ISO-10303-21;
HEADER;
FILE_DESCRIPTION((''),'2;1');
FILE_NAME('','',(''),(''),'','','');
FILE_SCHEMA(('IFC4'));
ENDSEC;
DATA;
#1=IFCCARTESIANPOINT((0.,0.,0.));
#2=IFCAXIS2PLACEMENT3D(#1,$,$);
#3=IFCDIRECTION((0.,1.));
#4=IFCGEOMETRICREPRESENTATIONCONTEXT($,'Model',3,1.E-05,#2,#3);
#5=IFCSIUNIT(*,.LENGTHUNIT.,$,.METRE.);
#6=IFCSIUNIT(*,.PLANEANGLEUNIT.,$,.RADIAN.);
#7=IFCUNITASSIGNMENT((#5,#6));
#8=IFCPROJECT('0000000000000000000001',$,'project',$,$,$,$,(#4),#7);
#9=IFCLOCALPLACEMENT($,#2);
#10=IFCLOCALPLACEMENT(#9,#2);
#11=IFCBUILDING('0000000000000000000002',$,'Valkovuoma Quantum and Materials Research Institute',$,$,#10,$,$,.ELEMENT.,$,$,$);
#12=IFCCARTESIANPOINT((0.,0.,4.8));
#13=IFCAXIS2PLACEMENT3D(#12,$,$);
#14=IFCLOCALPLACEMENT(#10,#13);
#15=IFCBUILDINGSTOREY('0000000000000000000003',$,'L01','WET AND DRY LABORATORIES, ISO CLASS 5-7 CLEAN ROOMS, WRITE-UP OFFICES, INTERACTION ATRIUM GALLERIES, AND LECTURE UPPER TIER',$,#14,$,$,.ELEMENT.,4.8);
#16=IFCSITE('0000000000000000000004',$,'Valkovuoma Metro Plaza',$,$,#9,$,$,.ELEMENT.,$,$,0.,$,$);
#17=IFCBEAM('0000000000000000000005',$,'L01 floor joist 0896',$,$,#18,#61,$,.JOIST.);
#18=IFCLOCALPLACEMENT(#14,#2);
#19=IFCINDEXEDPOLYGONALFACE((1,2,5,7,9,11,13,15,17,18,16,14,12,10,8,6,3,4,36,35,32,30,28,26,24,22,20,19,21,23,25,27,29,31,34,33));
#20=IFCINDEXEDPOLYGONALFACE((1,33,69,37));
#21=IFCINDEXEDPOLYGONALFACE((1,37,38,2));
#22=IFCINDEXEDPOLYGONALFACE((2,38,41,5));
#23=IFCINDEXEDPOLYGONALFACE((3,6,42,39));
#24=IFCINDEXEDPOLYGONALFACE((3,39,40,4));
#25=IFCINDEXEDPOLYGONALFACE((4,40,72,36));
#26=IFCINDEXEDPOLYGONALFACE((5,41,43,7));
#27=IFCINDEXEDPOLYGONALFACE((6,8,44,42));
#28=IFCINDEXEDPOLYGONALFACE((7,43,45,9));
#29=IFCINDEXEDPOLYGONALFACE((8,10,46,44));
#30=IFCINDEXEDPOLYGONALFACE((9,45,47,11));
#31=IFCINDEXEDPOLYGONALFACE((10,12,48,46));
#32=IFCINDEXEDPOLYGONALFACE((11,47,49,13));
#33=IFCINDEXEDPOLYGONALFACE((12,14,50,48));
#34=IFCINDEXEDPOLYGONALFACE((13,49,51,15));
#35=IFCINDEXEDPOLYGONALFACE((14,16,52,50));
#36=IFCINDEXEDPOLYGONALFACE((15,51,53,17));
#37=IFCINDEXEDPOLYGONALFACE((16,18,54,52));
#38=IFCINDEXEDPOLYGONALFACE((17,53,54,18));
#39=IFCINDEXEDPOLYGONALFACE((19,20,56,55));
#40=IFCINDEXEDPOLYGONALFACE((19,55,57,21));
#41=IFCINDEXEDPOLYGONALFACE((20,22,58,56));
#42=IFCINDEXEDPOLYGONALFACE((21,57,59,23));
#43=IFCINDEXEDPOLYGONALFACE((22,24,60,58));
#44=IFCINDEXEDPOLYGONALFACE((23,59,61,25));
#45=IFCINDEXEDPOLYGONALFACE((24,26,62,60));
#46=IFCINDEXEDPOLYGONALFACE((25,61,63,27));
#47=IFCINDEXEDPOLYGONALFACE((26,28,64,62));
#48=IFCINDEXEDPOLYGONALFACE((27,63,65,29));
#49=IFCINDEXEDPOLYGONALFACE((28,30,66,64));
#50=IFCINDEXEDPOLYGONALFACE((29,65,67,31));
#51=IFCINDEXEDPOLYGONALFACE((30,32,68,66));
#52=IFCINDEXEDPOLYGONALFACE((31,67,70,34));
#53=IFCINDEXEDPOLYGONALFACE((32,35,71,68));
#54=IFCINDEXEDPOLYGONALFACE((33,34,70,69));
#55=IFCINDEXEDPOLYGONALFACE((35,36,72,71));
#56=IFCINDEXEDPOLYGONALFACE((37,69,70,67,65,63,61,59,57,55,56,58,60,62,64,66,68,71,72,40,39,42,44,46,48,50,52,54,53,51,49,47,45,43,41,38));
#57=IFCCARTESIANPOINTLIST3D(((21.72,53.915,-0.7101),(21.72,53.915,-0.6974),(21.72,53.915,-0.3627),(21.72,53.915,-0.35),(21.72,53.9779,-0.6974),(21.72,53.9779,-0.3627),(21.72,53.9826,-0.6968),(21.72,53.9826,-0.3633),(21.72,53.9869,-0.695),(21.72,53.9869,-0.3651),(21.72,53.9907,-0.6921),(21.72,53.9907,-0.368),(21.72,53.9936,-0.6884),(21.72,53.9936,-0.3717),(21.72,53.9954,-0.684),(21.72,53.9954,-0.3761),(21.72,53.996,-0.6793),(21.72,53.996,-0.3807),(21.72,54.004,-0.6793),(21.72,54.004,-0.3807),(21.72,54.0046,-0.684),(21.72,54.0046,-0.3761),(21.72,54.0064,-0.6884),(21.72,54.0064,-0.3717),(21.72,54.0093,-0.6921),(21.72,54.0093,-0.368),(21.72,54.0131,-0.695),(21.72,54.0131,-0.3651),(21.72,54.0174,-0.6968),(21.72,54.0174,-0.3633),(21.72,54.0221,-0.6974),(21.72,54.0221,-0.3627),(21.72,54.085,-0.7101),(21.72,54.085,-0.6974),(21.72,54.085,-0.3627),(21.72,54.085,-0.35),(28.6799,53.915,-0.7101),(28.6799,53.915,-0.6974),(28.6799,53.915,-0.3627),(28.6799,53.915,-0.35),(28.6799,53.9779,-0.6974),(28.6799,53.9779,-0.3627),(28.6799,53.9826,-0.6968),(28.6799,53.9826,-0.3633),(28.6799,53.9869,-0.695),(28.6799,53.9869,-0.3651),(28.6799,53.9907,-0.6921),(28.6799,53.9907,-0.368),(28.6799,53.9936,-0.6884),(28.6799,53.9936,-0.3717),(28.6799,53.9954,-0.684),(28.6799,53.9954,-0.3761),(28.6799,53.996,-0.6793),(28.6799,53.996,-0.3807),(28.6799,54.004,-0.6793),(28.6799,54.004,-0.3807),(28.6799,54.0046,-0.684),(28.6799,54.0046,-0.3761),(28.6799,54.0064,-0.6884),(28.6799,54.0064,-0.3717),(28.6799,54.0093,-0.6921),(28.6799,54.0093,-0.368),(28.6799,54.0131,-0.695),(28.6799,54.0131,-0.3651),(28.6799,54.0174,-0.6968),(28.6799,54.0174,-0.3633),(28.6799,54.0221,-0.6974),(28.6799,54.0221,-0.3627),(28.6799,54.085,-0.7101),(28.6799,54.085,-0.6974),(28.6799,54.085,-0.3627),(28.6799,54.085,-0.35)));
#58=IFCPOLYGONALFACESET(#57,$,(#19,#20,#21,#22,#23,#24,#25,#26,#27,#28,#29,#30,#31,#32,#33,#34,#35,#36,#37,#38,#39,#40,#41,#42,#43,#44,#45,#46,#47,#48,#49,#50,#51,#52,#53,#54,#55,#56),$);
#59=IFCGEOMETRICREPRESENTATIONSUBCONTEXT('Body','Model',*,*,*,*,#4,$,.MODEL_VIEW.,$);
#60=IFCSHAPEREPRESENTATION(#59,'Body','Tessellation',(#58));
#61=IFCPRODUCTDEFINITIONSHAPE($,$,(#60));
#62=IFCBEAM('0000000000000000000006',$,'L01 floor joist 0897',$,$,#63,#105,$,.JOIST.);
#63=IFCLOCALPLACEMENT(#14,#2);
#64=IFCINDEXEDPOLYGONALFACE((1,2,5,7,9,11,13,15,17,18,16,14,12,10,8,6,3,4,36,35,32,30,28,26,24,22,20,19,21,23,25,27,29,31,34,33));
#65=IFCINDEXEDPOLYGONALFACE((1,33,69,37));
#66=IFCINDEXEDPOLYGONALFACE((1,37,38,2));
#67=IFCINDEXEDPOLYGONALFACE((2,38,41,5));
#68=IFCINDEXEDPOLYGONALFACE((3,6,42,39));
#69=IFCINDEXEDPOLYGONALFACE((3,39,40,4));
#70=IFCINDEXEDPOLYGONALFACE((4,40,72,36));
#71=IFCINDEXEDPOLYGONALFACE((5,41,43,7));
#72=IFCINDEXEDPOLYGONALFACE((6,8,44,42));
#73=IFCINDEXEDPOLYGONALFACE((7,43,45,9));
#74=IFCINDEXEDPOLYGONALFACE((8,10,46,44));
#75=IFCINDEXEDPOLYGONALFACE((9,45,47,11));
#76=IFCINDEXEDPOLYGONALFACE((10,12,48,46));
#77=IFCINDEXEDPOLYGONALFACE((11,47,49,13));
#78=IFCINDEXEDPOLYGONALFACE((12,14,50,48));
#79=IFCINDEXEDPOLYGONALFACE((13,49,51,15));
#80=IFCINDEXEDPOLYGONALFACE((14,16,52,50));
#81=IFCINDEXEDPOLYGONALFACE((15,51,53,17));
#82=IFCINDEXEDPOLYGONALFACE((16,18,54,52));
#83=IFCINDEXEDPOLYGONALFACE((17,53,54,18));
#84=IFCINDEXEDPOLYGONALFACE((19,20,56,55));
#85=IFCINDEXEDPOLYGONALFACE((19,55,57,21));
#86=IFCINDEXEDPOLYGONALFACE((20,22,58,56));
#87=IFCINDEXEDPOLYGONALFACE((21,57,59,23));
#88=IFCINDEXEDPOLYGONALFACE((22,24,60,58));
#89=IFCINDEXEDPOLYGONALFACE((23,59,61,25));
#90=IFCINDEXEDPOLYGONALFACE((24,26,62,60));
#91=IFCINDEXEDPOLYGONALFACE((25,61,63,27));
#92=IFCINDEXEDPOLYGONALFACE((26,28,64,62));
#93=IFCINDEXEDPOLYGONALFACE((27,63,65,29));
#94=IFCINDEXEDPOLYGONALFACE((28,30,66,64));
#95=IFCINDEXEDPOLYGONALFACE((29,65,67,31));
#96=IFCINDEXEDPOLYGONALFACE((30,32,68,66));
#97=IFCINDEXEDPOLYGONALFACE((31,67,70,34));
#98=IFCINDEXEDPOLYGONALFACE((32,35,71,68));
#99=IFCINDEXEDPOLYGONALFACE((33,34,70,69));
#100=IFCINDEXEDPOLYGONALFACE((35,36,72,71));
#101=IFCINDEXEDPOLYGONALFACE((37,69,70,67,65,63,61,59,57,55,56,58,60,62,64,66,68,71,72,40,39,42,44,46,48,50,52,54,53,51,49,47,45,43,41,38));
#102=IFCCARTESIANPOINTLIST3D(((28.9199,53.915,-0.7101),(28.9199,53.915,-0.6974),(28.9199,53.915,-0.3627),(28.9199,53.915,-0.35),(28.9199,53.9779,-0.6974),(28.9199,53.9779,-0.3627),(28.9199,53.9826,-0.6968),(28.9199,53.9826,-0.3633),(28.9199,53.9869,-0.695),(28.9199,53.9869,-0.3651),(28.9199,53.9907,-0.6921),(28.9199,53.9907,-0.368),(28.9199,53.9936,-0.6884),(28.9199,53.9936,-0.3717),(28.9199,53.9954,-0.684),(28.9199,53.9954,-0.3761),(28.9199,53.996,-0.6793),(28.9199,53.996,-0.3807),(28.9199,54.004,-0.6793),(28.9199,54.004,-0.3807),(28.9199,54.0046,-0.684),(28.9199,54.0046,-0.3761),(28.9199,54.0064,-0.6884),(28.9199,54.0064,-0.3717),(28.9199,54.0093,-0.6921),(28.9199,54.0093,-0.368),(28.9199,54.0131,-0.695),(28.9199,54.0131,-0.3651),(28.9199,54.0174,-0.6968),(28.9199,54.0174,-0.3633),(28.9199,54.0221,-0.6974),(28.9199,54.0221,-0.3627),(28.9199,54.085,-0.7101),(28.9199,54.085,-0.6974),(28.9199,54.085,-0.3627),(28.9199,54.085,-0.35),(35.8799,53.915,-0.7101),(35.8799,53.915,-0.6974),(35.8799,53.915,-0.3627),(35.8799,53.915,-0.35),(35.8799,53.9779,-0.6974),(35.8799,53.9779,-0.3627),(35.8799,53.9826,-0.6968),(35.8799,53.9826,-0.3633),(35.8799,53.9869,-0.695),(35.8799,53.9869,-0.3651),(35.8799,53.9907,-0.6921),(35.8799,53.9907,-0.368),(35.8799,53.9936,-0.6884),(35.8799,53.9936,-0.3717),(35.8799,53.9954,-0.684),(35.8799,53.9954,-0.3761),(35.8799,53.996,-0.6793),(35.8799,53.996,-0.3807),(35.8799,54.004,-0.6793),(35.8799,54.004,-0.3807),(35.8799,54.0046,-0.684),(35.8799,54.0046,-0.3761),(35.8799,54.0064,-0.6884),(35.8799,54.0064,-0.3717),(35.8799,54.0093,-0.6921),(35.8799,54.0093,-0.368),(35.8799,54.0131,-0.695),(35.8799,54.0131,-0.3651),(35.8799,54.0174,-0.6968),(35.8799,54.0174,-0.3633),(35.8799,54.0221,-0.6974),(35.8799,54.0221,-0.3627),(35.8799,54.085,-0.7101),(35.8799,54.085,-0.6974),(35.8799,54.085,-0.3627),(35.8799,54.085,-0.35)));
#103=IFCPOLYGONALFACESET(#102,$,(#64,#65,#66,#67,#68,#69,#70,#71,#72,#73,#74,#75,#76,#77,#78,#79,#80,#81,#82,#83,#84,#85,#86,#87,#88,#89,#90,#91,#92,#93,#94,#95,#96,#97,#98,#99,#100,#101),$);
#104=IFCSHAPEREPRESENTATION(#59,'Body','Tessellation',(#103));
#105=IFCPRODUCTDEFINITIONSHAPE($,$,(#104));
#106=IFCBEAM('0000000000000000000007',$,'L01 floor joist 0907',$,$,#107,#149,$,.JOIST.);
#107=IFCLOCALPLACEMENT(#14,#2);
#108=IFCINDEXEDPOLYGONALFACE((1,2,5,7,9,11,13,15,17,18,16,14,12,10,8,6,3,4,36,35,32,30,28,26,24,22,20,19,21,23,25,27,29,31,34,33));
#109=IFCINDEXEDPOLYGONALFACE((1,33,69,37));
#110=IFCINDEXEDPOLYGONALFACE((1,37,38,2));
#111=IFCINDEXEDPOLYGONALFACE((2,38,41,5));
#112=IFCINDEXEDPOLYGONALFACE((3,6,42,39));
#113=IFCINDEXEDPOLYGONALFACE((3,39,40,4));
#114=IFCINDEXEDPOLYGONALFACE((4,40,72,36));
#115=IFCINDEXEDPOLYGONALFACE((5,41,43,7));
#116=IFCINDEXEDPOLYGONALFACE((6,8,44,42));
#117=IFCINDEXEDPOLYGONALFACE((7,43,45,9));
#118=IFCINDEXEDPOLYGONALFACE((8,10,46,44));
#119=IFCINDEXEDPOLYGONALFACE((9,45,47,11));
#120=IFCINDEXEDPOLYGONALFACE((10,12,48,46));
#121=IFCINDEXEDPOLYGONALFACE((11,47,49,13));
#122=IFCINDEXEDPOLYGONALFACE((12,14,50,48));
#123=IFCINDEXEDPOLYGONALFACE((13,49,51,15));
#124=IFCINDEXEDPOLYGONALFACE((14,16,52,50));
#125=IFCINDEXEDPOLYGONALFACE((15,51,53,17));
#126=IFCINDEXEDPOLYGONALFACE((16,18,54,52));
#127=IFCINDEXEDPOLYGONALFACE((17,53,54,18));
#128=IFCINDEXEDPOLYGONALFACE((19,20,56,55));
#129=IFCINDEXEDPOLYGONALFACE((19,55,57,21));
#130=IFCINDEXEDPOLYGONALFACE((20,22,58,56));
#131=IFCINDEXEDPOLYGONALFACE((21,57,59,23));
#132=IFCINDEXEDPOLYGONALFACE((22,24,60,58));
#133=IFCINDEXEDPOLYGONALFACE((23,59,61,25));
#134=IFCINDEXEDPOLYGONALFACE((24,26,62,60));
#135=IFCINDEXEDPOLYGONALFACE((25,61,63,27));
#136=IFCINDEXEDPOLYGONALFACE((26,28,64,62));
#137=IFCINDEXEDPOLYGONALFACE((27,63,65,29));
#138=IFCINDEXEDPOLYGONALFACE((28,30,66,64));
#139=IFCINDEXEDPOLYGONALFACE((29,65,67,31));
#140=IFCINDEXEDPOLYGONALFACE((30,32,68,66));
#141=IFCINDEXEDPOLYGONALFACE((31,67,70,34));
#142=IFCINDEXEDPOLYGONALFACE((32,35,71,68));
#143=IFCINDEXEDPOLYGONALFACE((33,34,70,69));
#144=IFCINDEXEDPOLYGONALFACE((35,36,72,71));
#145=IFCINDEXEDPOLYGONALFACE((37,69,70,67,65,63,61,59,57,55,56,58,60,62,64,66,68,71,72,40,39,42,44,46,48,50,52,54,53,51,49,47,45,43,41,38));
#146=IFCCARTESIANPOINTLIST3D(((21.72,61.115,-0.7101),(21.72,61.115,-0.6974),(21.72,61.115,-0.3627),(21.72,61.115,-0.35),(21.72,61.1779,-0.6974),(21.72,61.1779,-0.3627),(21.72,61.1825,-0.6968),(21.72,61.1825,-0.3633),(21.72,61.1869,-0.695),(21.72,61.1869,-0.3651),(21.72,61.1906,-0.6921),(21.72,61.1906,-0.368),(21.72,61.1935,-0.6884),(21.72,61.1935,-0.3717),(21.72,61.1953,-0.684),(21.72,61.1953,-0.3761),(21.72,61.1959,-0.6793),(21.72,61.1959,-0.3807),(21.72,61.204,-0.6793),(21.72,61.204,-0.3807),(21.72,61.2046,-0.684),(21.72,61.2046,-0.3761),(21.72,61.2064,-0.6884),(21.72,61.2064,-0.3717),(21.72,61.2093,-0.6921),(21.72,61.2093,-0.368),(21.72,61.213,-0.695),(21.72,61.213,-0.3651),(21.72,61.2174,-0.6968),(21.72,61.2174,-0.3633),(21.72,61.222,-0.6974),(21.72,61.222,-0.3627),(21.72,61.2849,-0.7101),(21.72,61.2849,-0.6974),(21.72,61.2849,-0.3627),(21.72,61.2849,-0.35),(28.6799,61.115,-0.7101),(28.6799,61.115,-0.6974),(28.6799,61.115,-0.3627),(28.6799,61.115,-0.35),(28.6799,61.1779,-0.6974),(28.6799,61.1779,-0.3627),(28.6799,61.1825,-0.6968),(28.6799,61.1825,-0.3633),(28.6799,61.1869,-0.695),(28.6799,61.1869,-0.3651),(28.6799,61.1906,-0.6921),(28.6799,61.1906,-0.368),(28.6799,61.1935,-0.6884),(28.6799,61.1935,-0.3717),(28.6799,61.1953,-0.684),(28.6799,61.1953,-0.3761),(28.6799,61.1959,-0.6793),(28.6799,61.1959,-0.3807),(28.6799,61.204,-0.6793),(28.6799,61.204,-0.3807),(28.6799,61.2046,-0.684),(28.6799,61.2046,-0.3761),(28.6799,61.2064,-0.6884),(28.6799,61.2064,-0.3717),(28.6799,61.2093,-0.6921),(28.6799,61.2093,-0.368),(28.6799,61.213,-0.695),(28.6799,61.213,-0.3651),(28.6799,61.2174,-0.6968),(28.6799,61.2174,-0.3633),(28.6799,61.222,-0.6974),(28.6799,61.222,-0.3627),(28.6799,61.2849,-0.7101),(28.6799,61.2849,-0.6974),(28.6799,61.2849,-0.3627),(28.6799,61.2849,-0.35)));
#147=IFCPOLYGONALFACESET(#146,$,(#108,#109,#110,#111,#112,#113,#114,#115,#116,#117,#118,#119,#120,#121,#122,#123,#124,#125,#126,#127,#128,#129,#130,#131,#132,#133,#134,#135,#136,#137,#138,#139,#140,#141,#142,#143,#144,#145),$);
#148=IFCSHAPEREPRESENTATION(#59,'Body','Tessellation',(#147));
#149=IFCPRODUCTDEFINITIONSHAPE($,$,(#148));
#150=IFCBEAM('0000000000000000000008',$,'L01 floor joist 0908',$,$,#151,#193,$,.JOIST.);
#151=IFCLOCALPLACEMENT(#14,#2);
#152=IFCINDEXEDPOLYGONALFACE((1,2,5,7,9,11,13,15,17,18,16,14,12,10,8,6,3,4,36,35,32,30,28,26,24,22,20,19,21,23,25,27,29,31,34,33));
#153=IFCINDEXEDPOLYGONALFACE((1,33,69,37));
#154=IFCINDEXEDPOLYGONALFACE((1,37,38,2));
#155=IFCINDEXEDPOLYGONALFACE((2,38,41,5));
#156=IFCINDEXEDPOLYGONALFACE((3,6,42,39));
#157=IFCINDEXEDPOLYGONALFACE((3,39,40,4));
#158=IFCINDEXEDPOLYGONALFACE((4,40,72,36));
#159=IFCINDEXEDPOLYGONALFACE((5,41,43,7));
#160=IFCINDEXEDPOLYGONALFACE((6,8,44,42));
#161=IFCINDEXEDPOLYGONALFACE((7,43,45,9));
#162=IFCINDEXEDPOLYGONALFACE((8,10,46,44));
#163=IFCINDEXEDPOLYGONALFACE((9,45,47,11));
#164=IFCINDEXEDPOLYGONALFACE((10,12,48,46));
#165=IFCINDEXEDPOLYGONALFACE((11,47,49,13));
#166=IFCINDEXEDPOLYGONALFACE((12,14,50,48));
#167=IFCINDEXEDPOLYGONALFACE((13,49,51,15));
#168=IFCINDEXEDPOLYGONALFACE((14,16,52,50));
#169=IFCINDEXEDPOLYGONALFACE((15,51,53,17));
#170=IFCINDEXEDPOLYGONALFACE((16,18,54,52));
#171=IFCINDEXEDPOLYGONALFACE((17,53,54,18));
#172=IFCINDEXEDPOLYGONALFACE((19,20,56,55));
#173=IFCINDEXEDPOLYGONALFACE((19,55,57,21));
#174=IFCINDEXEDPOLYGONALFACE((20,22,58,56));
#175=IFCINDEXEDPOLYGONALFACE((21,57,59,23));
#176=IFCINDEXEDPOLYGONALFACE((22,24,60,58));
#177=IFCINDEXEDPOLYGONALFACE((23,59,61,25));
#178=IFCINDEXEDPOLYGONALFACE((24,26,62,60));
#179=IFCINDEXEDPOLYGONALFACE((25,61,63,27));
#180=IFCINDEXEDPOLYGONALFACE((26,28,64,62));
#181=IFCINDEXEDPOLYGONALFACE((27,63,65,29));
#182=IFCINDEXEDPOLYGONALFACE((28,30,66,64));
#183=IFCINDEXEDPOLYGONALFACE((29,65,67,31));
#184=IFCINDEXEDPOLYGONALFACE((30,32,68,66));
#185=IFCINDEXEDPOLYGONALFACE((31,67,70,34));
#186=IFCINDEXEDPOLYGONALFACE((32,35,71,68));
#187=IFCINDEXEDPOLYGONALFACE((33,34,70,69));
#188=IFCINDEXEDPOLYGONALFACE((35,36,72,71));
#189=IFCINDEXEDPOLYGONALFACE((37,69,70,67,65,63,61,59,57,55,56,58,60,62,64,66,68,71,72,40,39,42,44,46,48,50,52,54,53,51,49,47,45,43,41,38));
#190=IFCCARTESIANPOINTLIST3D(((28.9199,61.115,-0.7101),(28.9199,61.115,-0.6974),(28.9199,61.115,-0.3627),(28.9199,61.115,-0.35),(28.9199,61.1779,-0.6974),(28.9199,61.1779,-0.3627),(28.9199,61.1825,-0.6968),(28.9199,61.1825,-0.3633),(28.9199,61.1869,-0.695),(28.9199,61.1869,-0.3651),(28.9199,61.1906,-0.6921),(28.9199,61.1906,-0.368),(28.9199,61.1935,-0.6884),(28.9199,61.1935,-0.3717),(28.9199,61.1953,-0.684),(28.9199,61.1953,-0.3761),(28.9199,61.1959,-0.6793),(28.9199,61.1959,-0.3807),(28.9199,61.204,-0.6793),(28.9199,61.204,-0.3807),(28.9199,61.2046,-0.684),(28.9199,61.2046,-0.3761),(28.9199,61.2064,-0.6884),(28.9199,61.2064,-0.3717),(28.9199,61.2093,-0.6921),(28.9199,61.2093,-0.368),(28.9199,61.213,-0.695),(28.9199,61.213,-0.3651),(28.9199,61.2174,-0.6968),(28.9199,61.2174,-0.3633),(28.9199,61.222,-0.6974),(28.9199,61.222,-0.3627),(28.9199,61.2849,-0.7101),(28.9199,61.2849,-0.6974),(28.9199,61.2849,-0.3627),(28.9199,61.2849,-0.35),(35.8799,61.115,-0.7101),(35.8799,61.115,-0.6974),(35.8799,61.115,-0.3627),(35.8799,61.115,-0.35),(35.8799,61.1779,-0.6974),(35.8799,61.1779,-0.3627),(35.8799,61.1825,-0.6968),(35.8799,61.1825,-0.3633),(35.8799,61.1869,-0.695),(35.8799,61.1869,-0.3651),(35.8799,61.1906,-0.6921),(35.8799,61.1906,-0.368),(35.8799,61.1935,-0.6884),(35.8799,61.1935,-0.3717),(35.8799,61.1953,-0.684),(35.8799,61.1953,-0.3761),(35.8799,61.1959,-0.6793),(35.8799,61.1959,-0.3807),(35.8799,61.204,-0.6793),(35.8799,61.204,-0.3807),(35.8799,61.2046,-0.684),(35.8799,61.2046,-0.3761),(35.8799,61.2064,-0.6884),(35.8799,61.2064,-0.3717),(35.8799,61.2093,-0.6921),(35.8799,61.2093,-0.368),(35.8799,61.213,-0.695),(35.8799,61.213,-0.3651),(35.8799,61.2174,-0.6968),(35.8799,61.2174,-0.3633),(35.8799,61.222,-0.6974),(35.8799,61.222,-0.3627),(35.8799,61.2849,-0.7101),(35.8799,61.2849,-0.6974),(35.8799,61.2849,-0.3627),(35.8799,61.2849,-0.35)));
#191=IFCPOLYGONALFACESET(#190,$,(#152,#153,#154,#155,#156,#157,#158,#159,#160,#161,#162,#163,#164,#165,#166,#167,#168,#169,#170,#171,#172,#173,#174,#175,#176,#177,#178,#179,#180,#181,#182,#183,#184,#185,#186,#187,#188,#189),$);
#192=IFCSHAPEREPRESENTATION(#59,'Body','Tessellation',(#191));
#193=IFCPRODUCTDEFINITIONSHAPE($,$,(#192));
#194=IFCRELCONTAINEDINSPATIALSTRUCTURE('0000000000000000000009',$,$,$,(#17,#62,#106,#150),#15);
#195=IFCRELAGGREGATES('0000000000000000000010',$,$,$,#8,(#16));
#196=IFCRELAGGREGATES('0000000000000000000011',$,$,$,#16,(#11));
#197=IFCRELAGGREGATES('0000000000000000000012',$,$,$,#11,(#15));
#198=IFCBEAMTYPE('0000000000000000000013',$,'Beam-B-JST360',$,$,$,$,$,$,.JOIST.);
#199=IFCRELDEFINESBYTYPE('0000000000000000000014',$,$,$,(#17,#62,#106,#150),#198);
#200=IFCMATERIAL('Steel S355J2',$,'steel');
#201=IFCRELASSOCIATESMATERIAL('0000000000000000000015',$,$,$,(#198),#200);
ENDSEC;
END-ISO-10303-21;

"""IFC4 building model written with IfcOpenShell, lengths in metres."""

from ifc_helpers import new_model, si_unit, direction, frame, origin, origin_2d, place, context, subcontext, project, spatial, i_section, extrude, material, material_profile, profile_set, type_object, element, save


model = new_model("IFC4")

# Units and contexts
model_context = context("Model", 3, precision=1e-05, world=origin(), true_north=direction((0.0, 1.0)))
body_context = subcontext(model_context, "Body", "Model", "MODEL_VIEW")
ifc_project = project(units=[si_unit("LENGTHUNIT", "METRE"), si_unit("PLANEANGLEUNIT", "RADIAN")], contexts=[model_context])

# Site, building, storey
site_placement = place(None, origin())
site = spatial("IfcSite", under=ifc_project, at=site_placement, Name="Valkovuoma Metro Plaza", CompositionType="ELEMENT", RefElevation=0.0)
building_placement = place(site_placement, origin())
building = spatial("IfcBuilding", under=site, at=building_placement, Name="Valkovuoma Quantum and Materials Research Institute", CompositionType="ELEMENT")
storey_placement = place(building_placement, frame((0.0, 0.0, 4.8)))
storey = spatial("IfcBuildingStorey", under=building, at=storey_placement, Name="L01", Description="WET AND DRY LABORATORIES, ISO CLASS 5-7 CLEAN ROOMS, WRITE-UP OFFICES, INTERACTION ATRIUM GALLERIES, AND LECTURE UPPER TIER", CompositionType="ELEMENT", Elevation=4.8)

# Beams
ifc_material_1 = material(Name="Steel S355J2", Category="steel")
ifc_material_profile_1 = material_profile(ifc_material_1, i_section(OverallWidth=0.1699, OverallDepth=0.3601, WebThickness=0.0081, FlangeThickness=0.0127, FilletRadius=0.0181, at=origin_2d()), Name="Steel S355J2")
ifc_profile_set_1 = profile_set([ifc_material_profile_1], Name="Steel S355J2")
beam_type_1 = type_object("IfcBeamType", Name="Beam-B-JST360", PredefinedType="JOIST", material=ifc_profile_set_1)
for number, where, z_axis, x_axis, name in (
    (1, (21.72, 54.0, -0.53), (1.0, 0.0, 0.0), (0.0, 1.0, 0.0), "L01 floor joist 0896"),
    (2, (28.9199, 54.0, -0.53), (1.0, 0.0, 0.0), (0.0, 1.0, 0.0), "L01 floor joist 0897"),
    (3, (21.72, 61.2, -0.53), (1.0, 0.0, 0.0), (0.0, 1.0, 0.0), "L01 floor joist 0907"),
    (4, (28.9199, 61.2, -0.53), (1.0, 0.0, 0.0), (0.0, 1.0, 0.0), "L01 floor joist 0908"),
):
    element("IfcBeam", number, at=place(storey_placement, frame(where, z_axis=z_axis, x_axis=x_axis)), inside=storey, type_object=beam_type_1, Name=name, PredefinedType="JOIST", context=body_context, shape_type="SweptSolid", body=[
        extrude(i_section(OverallWidth=0.1699, OverallDepth=0.3601, WebThickness=0.0081, FlangeThickness=0.0127, FilletRadius=0.0181, at=origin_2d()), origin(), (0.0, 0.0, 1.0), 6.96),
    ])

save(model, "model.ifc")
